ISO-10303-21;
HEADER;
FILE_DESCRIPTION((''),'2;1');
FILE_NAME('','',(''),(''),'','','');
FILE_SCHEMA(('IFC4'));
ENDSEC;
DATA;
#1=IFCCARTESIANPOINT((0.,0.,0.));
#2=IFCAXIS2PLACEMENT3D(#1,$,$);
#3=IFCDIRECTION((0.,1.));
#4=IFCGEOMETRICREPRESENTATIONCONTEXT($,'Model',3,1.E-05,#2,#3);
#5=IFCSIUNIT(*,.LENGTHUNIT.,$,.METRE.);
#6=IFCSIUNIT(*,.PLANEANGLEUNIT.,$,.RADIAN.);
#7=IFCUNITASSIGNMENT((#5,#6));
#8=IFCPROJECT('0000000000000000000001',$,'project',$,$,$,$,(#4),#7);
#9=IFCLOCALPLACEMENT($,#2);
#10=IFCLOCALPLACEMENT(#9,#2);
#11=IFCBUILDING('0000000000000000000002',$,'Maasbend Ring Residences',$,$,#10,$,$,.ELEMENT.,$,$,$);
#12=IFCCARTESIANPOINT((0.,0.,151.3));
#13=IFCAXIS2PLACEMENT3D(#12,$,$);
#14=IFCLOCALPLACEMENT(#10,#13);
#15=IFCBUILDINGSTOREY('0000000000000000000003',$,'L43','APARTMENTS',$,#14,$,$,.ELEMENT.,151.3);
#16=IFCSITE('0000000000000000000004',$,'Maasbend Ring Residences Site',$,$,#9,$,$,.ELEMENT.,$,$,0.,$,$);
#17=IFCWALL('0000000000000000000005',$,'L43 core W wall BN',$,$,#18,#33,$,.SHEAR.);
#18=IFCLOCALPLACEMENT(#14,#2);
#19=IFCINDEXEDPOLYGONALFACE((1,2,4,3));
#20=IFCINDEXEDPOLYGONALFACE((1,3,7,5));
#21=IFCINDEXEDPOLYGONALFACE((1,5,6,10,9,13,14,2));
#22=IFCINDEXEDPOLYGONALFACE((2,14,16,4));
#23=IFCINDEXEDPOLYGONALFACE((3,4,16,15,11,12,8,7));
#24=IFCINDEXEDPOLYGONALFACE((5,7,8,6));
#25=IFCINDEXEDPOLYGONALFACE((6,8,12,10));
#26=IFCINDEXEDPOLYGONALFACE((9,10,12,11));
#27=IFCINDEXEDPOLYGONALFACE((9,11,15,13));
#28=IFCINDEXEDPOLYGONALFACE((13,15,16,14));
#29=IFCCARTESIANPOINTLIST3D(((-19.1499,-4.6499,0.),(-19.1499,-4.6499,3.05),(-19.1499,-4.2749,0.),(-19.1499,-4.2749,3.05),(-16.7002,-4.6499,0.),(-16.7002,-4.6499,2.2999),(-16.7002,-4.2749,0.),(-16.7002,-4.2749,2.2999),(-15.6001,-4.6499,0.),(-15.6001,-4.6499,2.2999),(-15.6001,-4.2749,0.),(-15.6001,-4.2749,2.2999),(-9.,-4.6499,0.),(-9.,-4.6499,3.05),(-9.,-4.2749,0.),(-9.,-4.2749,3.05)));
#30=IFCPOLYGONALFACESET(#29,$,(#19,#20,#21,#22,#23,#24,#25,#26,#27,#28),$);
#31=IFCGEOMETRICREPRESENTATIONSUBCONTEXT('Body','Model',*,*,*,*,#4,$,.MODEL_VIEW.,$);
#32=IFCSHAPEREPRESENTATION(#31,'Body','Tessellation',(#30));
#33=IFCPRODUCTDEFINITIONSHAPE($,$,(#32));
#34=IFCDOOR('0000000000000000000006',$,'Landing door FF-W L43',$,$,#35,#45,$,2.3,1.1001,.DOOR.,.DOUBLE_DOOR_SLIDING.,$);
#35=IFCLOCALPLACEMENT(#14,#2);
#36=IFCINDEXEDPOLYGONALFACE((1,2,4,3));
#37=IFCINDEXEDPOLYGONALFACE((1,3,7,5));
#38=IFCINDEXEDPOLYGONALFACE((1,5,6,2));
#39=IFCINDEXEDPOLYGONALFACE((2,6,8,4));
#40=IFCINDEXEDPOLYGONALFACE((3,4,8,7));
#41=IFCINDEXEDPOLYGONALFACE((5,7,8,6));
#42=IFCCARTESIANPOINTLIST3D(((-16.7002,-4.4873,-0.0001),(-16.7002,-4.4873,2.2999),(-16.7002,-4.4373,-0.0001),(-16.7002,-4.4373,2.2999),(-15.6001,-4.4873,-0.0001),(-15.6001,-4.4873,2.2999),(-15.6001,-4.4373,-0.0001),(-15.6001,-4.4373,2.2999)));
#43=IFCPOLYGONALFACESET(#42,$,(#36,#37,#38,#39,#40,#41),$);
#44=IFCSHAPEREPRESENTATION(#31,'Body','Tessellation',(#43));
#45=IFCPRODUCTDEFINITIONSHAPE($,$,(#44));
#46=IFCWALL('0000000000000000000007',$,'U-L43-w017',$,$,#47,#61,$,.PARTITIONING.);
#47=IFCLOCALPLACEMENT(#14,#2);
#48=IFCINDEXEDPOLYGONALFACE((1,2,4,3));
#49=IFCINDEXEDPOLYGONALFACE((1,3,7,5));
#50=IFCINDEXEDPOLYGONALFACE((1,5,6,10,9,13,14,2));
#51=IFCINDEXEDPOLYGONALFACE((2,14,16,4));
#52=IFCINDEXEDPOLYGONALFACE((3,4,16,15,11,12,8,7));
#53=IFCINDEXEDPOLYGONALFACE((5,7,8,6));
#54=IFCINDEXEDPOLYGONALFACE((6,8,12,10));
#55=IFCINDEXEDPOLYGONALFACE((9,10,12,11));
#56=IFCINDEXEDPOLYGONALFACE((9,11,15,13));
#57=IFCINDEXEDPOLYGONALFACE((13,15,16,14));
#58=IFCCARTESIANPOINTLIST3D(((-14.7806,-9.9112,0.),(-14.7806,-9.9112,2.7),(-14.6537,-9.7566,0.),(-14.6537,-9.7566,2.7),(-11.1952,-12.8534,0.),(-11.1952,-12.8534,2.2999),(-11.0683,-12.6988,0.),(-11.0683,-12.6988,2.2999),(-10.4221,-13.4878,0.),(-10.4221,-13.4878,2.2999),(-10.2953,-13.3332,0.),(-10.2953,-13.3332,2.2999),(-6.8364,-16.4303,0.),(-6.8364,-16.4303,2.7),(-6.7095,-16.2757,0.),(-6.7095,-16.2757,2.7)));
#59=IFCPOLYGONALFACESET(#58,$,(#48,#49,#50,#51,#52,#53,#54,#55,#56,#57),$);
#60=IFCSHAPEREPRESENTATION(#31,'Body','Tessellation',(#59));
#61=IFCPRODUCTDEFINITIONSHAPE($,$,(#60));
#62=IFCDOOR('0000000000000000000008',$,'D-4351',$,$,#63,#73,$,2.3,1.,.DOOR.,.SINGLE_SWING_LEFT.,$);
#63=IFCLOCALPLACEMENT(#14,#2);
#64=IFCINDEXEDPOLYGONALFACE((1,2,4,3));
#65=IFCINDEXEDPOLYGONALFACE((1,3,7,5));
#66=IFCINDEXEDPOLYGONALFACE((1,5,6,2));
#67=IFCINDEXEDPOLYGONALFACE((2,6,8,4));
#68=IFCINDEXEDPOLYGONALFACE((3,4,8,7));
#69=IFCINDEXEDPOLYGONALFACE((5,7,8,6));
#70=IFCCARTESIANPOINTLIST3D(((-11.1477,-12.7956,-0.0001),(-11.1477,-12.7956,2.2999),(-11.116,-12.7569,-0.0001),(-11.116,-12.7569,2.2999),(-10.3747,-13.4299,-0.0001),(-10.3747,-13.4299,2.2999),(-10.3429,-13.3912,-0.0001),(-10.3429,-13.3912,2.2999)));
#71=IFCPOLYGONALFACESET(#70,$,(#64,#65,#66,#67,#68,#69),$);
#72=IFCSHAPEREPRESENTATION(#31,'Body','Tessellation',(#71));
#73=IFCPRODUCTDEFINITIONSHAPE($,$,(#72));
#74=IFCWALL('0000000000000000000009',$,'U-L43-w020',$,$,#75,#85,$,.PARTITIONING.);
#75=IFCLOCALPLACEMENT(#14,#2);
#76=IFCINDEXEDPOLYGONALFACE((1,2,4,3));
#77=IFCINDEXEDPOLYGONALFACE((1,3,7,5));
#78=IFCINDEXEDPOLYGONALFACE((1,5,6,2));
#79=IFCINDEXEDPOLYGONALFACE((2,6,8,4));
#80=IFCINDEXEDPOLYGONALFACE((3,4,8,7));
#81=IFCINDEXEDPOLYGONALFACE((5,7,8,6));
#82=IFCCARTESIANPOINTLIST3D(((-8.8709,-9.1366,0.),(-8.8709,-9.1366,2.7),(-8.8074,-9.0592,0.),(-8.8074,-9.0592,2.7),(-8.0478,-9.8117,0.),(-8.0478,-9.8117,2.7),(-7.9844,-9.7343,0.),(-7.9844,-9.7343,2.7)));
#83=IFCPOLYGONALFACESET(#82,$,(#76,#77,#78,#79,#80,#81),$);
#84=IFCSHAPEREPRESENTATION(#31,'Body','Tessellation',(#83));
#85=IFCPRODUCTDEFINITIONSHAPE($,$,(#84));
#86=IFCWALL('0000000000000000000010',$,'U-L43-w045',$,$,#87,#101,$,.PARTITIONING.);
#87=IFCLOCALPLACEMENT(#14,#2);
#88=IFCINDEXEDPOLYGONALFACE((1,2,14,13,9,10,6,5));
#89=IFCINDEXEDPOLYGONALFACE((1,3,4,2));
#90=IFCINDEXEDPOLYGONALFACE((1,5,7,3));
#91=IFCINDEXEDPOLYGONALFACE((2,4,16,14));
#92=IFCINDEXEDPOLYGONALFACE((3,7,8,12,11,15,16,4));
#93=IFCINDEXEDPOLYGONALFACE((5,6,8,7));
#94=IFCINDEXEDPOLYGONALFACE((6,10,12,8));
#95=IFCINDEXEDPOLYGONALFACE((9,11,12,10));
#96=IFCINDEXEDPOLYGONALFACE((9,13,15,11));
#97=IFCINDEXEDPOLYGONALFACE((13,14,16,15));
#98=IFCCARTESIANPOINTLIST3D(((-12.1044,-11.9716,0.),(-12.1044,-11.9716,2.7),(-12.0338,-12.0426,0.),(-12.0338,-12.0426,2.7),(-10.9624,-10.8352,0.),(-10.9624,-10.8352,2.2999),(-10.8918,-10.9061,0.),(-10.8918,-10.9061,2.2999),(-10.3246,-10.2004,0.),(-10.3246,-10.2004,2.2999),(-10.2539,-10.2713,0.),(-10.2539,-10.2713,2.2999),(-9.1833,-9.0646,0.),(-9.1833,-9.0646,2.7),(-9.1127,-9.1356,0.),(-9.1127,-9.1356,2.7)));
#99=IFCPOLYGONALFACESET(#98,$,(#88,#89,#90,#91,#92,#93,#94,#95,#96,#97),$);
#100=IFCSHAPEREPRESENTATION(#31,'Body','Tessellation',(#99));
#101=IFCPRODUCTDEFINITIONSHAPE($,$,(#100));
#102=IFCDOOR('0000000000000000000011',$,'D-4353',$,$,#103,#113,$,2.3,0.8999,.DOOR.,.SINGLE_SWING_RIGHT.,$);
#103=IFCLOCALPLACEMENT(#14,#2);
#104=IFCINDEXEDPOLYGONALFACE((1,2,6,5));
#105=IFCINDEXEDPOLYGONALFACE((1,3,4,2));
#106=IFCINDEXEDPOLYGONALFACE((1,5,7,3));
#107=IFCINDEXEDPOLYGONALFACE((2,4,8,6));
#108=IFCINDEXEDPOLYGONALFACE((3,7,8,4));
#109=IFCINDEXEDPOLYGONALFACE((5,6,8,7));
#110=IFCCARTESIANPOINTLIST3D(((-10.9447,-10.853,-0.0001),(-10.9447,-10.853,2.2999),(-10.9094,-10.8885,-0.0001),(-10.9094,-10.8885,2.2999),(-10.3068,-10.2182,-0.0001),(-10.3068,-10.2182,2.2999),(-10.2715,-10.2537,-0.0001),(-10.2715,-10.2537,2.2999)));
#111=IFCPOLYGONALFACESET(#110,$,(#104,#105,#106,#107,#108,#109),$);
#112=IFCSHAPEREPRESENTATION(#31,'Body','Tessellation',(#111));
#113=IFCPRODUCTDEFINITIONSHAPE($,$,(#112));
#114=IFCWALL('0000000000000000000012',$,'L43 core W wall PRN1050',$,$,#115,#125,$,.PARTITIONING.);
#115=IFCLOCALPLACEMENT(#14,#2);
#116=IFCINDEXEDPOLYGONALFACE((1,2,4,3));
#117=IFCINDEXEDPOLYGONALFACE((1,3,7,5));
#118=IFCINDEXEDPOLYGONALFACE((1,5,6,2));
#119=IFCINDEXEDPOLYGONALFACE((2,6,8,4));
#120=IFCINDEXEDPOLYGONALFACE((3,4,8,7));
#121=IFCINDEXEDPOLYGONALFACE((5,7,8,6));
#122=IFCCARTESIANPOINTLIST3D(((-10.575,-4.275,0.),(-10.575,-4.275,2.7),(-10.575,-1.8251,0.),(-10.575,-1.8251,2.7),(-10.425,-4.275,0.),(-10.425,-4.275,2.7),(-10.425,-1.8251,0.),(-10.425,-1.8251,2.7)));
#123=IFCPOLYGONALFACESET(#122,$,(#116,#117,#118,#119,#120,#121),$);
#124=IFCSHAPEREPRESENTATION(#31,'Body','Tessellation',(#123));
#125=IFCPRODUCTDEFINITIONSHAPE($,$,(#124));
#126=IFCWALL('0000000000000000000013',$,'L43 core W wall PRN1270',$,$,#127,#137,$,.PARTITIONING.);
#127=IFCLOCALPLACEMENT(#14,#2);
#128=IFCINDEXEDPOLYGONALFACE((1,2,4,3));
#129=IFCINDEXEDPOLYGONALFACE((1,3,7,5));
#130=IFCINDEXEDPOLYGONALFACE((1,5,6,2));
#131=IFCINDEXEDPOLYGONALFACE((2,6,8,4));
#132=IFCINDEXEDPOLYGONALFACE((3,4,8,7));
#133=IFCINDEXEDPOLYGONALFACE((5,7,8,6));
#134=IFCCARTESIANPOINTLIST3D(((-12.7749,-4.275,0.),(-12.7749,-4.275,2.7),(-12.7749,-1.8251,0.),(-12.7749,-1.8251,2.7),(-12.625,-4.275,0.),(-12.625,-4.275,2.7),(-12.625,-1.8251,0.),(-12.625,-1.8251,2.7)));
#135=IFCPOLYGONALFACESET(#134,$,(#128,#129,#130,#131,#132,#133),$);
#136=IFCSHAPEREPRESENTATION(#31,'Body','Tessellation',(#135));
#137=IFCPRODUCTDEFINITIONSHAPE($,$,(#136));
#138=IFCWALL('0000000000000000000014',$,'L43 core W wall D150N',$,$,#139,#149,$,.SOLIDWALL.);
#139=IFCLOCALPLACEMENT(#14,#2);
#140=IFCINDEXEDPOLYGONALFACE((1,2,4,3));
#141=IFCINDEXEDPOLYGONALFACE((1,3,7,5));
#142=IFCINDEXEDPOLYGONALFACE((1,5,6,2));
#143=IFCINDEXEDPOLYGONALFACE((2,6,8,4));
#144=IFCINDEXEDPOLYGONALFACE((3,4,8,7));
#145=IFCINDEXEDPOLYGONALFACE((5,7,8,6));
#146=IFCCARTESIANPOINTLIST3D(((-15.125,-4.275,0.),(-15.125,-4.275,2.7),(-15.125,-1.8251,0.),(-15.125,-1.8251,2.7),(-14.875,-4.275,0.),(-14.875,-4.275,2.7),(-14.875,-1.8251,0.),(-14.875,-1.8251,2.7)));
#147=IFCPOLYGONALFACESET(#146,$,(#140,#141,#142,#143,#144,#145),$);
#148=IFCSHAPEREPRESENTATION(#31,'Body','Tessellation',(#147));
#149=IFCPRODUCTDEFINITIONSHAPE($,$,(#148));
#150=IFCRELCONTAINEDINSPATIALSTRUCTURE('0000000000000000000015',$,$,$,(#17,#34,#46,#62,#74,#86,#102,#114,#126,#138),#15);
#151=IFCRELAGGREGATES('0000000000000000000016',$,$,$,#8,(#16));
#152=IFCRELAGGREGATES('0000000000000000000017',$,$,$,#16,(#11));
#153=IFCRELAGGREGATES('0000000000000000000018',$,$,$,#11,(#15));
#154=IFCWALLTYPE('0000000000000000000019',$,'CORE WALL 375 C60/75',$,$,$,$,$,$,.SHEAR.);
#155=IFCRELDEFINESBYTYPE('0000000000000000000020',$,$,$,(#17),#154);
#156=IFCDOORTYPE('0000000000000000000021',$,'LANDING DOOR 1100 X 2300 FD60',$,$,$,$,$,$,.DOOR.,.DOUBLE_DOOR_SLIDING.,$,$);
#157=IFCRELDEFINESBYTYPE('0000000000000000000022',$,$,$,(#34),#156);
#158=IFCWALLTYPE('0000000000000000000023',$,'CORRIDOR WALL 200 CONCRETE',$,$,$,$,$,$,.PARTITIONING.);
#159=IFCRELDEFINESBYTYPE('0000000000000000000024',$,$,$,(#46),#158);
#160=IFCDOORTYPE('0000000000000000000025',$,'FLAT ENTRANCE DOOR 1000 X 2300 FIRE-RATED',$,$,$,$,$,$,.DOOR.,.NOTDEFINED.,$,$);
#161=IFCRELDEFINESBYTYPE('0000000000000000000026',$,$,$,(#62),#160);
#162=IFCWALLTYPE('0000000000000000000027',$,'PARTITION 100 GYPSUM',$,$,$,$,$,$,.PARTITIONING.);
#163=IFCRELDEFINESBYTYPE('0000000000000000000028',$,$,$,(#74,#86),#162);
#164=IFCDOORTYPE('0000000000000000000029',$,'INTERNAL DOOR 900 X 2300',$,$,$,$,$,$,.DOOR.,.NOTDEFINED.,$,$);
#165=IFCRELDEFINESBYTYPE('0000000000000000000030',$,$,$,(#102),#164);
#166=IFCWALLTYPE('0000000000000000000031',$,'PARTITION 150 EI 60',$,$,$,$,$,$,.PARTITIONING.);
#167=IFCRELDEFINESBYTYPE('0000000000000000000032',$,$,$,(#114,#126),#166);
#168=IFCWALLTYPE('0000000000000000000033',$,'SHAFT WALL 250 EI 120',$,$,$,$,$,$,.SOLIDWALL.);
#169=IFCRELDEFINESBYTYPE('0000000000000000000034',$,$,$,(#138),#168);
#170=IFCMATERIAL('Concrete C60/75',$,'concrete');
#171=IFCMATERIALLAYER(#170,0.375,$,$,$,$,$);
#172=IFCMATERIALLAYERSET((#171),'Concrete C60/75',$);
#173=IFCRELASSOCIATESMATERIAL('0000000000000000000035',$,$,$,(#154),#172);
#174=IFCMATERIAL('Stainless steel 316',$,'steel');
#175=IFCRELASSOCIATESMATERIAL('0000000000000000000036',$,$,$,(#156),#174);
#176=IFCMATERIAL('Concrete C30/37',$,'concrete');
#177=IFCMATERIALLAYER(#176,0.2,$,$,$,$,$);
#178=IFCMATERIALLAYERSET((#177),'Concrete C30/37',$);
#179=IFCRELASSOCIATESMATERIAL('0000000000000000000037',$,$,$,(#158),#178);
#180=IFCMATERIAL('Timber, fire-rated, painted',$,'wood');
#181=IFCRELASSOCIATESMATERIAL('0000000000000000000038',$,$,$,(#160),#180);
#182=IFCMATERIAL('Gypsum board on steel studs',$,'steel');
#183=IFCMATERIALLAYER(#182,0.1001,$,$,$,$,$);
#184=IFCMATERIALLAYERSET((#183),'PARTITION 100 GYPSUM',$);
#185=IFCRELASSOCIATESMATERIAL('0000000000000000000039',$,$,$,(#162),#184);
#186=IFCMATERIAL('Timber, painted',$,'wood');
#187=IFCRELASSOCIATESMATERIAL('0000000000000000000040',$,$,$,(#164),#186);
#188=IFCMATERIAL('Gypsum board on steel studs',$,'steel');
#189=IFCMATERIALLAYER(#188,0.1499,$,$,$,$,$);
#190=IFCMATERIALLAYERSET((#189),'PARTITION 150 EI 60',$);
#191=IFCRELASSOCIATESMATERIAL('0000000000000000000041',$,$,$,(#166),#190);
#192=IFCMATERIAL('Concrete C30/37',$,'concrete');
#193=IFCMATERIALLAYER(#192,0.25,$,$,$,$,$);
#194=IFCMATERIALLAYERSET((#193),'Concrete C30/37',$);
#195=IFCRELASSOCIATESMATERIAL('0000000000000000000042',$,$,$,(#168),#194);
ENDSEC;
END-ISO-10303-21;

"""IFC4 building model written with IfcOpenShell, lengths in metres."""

from ifc_helpers import new_model, si_unit, direction, frame, frame_2d, origin, place, context, subcontext, project, spatial, rectangle, extrude, material, layer, layer_set, type_object, element, fill, save


model = new_model("IFC4")

# Units and contexts
model_context = context("Model", 3, precision=1e-05, world=origin(), true_north=direction((0.0, 1.0)))
body_context = subcontext(model_context, "Body", "Model", "MODEL_VIEW")
ifc_project = project(units=[si_unit("LENGTHUNIT", "METRE"), si_unit("PLANEANGLEUNIT", "RADIAN")], contexts=[model_context])

# Site, building, storey
site_placement = place(None, origin())
site = spatial("IfcSite", under=ifc_project, at=site_placement, Name="Maasbend Ring Residences Site", CompositionType="ELEMENT", RefElevation=0.0)
building_placement = place(site_placement, origin())
building = spatial("IfcBuilding", under=site, at=building_placement, Name="Maasbend Ring Residences", CompositionType="ELEMENT")
storey_placement = place(building_placement, frame((0.0, 0.0, 151.3)))
storey = spatial("IfcBuildingStorey", under=building, at=storey_placement, Name="L43", Description="APARTMENTS", CompositionType="ELEMENT", Elevation=151.3)

# Walls, openings, doors
ifc_material_1 = material(Name="Concrete C60/75", Category="concrete")
ifc_layer_1 = layer(ifc_material_1, 0.375)
ifc_layer_set_1 = layer_set([ifc_layer_1], Name="Concrete C60/75")
wall_type_1 = type_object("IfcWallType", Name="CORE WALL 375 C60/75", PredefinedType="SHEAR", material=ifc_layer_set_1)
wall_1_placement = place(storey_placement, frame((-9.0, -4.4624, 0.0), z_axis=(0.0, 0.0, 1.0), x_axis=(-1.0, 0.0, 0.0)))
wall_1 = element("IfcWall", 1, at=wall_1_placement, inside=storey, type_object=wall_type_1, Name="L43 core W wall BN", PredefinedType="SHEAR", context=body_context, shape_type="SweptSolid", body=[
    extrude(rectangle(XDim=10.1499, YDim=0.375, at=frame_2d((5.075, 0.0))), origin(), (0.0, 0.0, 1.0), 3.05),
])
opening_1_placement = place(wall_1_placement, frame((6.6001, 0.0, 0.0)))
opening_1 = element("IfcOpeningElement", 2, at=opening_1_placement, cuts=wall_1, PredefinedType="OPENING", context=body_context, shape_type="SweptSolid", body=[
    extrude(rectangle(XDim=1.1001, YDim=2.3, at=frame_2d((0.55, 1.1499))), frame((0.0, 0.1975, 0.0), z_axis=(0.0, -1.0, 0.0), x_axis=(1.0, 0.0, 0.0)), (0.0, 0.0, 1.0), 0.395),
])
ifc_material_2 = material(Name="Stainless steel 316", Category="steel")
door_type_1 = type_object("IfcDoorType", Name="LANDING DOOR 1100 X 2300 FD60", OperationType="DOUBLE_DOOR_SLIDING", PredefinedType="DOOR", material=ifc_material_2)
door_1_placement = place(opening_1_placement, origin())
door_1 = element("IfcDoor", 3, at=door_1_placement, inside=storey, type_object=door_type_1, Name="Landing door FF-W L43", OperationType="DOUBLE_DOOR_SLIDING", OverallHeight=2.3, OverallWidth=1.1001, PredefinedType="DOOR", context=body_context, shape_type="SweptSolid", body=[
    extrude(rectangle(XDim=1.1001, YDim=2.3, at=frame_2d((0.55, 1.1499))), frame((0.0, 0.0249, 0.0), z_axis=(0.0, -1.0, 0.0), x_axis=(1.0, 0.0, 0.0)), (0.0, 0.0, 1.0), 0.05),
])
fill(opening_1, door_1)
ifc_material_3 = material(Name="Concrete C30/37", Category="concrete")
ifc_layer_2 = layer(ifc_material_3, 0.2)
ifc_layer_set_2 = layer_set([ifc_layer_2], Name="Concrete C30/37")
wall_type_2 = type_object("IfcWallType", Name="CORRIDOR WALL 200 CONCRETE", PredefinedType="PARTITIONING", material=ifc_layer_set_2)
wall_2_placement = place(storey_placement, frame((-14.717, -9.834, 0.0), z_axis=(0.0, 0.0, 1.0), x_axis=(0.773035, -0.634364, 0.0)))
wall_2 = element("IfcWall", 4, at=wall_2_placement, inside=storey, type_object=wall_type_2, Name="U-L43-w017", PredefinedType="PARTITIONING", context=body_context, shape_type="SweptSolid", body=[
    extrude(rectangle(XDim=10.2766, YDim=0.2, at=frame_2d((5.1382, 0.0))), origin(), (0.0, 0.0, 1.0), 2.7),
])
opening_2_placement = place(wall_2_placement, frame((4.6379, 0.0, 0.0)))
opening_2 = element("IfcOpeningElement", 5, at=opening_2_placement, cuts=wall_2, PredefinedType="OPENING", context=body_context, shape_type="SweptSolid", body=[
    extrude(rectangle(XDim=1.0, YDim=2.3, at=frame_2d((0.5, 1.1499))), frame((0.0, 0.1099, 0.0), z_axis=(0.0, -1.0, 0.0), x_axis=(1.0, 0.0, 0.0)), (0.0, 0.0, 1.0), 0.22),
])
ifc_material_4 = material(Name="Timber, fire-rated, painted", Category="wood")
door_type_2 = type_object("IfcDoorType", Name="FLAT ENTRANCE DOOR 1000 X 2300 FIRE-RATED", OperationType="NOTDEFINED", PredefinedType="DOOR", material=ifc_material_4)
door_2_placement = place(opening_2_placement, origin())
door_2 = element("IfcDoor", 6, at=door_2_placement, inside=storey, type_object=door_type_2, Name="D-4351", OperationType="SINGLE_SWING_LEFT", OverallHeight=2.3, OverallWidth=1.0, PredefinedType="DOOR", context=body_context, shape_type="SweptSolid", body=[
    extrude(rectangle(XDim=1.0, YDim=2.3, at=frame_2d((0.5, 1.1499))), frame((0.0, 0.0249, 0.0), z_axis=(0.0, -1.0, 0.0), x_axis=(1.0, 0.0, 0.0)), (0.0, 0.0, 1.0), 0.05),
])
fill(opening_2, door_2)

# Wall
ifc_material_5 = material(Name="Gypsum board on steel studs", Category="steel")
ifc_layer_3 = layer(ifc_material_5, 0.1001)
ifc_layer_set_3 = layer_set([ifc_layer_3], Name="PARTITION 100 GYPSUM")
wall_type_3 = type_object("IfcWallType", Name="PARTITION 100 GYPSUM", PredefinedType="PARTITIONING", material=ifc_layer_set_3)
wall_3_placement = place(storey_placement, frame((-8.8391, -9.0979, 0.0), z_axis=(0.0, 0.0, 1.0), x_axis=(0.77318, -0.634187, 0.0)))
element("IfcWall", 7, at=wall_3_placement, inside=storey, type_object=wall_type_3, Name="U-L43-w020", PredefinedType="PARTITIONING", context=body_context, shape_type="SweptSolid", body=[
    extrude(rectangle(XDim=1.0645, YDim=0.1001, at=frame_2d((0.5322, 0.0))), origin(), (0.0, 0.0, 1.0), 2.7),
])

# Wall, opening, door
wall_4_placement = place(storey_placement, frame((-12.0691, -12.0071, 0.0), z_axis=(0.0, 0.0, 1.0), x_axis=(0.708823, 0.705387, 0.0)))
wall_4 = element("IfcWall", 8, at=wall_4_placement, inside=storey, type_object=wall_type_3, Name="U-L43-w045", PredefinedType="PARTITIONING", context=body_context, shape_type="SweptSolid", body=[
    extrude(rectangle(XDim=4.1211, YDim=0.1001, at=frame_2d((2.0605, 0.0))), origin(), (0.0, 0.0, 1.0), 2.7),
])
opening_3_placement = place(wall_4_placement, frame((1.6111, 0.0, 0.0)))
opening_3 = element("IfcOpeningElement", 9, at=opening_3_placement, cuts=wall_4, PredefinedType="OPENING", context=body_context, shape_type="SweptSolid", body=[
    extrude(rectangle(XDim=0.8999, YDim=2.3, at=frame_2d((0.45, 1.1499))), frame((0.0, 0.0601, 0.0), z_axis=(0.0, -1.0, 0.0), x_axis=(1.0, 0.0, 0.0)), (0.0, 0.0, 1.0), 0.1201),
])
ifc_material_6 = material(Name="Timber, painted", Category="wood")
door_type_3 = type_object("IfcDoorType", Name="INTERNAL DOOR 900 X 2300", OperationType="NOTDEFINED", PredefinedType="DOOR", material=ifc_material_6)
door_3_placement = place(opening_3_placement, origin())
door_3 = element("IfcDoor", 10, at=door_3_placement, inside=storey, type_object=door_type_3, Name="D-4353", OperationType="SINGLE_SWING_RIGHT", OverallHeight=2.3, OverallWidth=0.8999, PredefinedType="DOOR", context=body_context, shape_type="SweptSolid", body=[
    extrude(rectangle(XDim=0.8999, YDim=2.3, at=frame_2d((0.45, 1.1499))), frame((0.0, 0.0249, 0.0), z_axis=(0.0, -1.0, 0.0), x_axis=(1.0, 0.0, 0.0)), (0.0, 0.0, 1.0), 0.05),
])
fill(opening_3, door_3)

# Walls
ifc_material_7 = material(Name="Gypsum board on steel studs", Category="steel")
ifc_layer_4 = layer(ifc_material_7, 0.1499)
ifc_layer_set_4 = layer_set([ifc_layer_4], Name="PARTITION 150 EI 60")
wall_type_4 = type_object("IfcWallType", Name="PARTITION 150 EI 60", PredefinedType="PARTITIONING", material=ifc_layer_set_4)
for number, where, z_axis, x_axis, name in (
    (11, (-10.5, -1.825, 0.0), (0.0, 0.0, 1.0), (0.0, -1.0, 0.0), "L43 core W wall PRN1050"),
    (12, (-12.7, -1.825, 0.0), (0.0, 0.0, 1.0), (0.0, -1.0, 0.0), "L43 core W wall PRN1270"),
):
    element("IfcWall", number, at=place(storey_placement, frame(where, z_axis=z_axis, x_axis=x_axis)), inside=storey, type_object=wall_type_4, Name=name, PredefinedType="PARTITIONING", context=body_context, shape_type="SweptSolid", body=[
        extrude(rectangle(XDim=2.45, YDim=0.1499, at=frame_2d((1.2251, 0.0))), origin(), (0.0, 0.0, 1.0), 2.7),
    ])
ifc_material_8 = material(Name="Concrete C30/37", Category="concrete")
ifc_layer_5 = layer(ifc_material_8, 0.25)
ifc_layer_set_5 = layer_set([ifc_layer_5], Name="Concrete C30/37")
wall_type_5 = type_object("IfcWallType", Name="SHAFT WALL 250 EI 120", PredefinedType="SOLIDWALL", material=ifc_layer_set_5)
wall_5_placement = place(storey_placement, frame((-15.0, -1.825, 0.0), z_axis=(0.0, 0.0, 1.0), x_axis=(0.0, -1.0, 0.0)))
element("IfcWall", 13, at=wall_5_placement, inside=storey, type_object=wall_type_5, Name="L43 core W wall D150N", PredefinedType="SOLIDWALL", context=body_context, shape_type="SweptSolid", body=[
    extrude(rectangle(XDim=2.45, YDim=0.25, at=frame_2d((1.2251, 0.0))), origin(), (0.0, 0.0, 1.0), 2.7),
])

save(model, "model.ifc")
